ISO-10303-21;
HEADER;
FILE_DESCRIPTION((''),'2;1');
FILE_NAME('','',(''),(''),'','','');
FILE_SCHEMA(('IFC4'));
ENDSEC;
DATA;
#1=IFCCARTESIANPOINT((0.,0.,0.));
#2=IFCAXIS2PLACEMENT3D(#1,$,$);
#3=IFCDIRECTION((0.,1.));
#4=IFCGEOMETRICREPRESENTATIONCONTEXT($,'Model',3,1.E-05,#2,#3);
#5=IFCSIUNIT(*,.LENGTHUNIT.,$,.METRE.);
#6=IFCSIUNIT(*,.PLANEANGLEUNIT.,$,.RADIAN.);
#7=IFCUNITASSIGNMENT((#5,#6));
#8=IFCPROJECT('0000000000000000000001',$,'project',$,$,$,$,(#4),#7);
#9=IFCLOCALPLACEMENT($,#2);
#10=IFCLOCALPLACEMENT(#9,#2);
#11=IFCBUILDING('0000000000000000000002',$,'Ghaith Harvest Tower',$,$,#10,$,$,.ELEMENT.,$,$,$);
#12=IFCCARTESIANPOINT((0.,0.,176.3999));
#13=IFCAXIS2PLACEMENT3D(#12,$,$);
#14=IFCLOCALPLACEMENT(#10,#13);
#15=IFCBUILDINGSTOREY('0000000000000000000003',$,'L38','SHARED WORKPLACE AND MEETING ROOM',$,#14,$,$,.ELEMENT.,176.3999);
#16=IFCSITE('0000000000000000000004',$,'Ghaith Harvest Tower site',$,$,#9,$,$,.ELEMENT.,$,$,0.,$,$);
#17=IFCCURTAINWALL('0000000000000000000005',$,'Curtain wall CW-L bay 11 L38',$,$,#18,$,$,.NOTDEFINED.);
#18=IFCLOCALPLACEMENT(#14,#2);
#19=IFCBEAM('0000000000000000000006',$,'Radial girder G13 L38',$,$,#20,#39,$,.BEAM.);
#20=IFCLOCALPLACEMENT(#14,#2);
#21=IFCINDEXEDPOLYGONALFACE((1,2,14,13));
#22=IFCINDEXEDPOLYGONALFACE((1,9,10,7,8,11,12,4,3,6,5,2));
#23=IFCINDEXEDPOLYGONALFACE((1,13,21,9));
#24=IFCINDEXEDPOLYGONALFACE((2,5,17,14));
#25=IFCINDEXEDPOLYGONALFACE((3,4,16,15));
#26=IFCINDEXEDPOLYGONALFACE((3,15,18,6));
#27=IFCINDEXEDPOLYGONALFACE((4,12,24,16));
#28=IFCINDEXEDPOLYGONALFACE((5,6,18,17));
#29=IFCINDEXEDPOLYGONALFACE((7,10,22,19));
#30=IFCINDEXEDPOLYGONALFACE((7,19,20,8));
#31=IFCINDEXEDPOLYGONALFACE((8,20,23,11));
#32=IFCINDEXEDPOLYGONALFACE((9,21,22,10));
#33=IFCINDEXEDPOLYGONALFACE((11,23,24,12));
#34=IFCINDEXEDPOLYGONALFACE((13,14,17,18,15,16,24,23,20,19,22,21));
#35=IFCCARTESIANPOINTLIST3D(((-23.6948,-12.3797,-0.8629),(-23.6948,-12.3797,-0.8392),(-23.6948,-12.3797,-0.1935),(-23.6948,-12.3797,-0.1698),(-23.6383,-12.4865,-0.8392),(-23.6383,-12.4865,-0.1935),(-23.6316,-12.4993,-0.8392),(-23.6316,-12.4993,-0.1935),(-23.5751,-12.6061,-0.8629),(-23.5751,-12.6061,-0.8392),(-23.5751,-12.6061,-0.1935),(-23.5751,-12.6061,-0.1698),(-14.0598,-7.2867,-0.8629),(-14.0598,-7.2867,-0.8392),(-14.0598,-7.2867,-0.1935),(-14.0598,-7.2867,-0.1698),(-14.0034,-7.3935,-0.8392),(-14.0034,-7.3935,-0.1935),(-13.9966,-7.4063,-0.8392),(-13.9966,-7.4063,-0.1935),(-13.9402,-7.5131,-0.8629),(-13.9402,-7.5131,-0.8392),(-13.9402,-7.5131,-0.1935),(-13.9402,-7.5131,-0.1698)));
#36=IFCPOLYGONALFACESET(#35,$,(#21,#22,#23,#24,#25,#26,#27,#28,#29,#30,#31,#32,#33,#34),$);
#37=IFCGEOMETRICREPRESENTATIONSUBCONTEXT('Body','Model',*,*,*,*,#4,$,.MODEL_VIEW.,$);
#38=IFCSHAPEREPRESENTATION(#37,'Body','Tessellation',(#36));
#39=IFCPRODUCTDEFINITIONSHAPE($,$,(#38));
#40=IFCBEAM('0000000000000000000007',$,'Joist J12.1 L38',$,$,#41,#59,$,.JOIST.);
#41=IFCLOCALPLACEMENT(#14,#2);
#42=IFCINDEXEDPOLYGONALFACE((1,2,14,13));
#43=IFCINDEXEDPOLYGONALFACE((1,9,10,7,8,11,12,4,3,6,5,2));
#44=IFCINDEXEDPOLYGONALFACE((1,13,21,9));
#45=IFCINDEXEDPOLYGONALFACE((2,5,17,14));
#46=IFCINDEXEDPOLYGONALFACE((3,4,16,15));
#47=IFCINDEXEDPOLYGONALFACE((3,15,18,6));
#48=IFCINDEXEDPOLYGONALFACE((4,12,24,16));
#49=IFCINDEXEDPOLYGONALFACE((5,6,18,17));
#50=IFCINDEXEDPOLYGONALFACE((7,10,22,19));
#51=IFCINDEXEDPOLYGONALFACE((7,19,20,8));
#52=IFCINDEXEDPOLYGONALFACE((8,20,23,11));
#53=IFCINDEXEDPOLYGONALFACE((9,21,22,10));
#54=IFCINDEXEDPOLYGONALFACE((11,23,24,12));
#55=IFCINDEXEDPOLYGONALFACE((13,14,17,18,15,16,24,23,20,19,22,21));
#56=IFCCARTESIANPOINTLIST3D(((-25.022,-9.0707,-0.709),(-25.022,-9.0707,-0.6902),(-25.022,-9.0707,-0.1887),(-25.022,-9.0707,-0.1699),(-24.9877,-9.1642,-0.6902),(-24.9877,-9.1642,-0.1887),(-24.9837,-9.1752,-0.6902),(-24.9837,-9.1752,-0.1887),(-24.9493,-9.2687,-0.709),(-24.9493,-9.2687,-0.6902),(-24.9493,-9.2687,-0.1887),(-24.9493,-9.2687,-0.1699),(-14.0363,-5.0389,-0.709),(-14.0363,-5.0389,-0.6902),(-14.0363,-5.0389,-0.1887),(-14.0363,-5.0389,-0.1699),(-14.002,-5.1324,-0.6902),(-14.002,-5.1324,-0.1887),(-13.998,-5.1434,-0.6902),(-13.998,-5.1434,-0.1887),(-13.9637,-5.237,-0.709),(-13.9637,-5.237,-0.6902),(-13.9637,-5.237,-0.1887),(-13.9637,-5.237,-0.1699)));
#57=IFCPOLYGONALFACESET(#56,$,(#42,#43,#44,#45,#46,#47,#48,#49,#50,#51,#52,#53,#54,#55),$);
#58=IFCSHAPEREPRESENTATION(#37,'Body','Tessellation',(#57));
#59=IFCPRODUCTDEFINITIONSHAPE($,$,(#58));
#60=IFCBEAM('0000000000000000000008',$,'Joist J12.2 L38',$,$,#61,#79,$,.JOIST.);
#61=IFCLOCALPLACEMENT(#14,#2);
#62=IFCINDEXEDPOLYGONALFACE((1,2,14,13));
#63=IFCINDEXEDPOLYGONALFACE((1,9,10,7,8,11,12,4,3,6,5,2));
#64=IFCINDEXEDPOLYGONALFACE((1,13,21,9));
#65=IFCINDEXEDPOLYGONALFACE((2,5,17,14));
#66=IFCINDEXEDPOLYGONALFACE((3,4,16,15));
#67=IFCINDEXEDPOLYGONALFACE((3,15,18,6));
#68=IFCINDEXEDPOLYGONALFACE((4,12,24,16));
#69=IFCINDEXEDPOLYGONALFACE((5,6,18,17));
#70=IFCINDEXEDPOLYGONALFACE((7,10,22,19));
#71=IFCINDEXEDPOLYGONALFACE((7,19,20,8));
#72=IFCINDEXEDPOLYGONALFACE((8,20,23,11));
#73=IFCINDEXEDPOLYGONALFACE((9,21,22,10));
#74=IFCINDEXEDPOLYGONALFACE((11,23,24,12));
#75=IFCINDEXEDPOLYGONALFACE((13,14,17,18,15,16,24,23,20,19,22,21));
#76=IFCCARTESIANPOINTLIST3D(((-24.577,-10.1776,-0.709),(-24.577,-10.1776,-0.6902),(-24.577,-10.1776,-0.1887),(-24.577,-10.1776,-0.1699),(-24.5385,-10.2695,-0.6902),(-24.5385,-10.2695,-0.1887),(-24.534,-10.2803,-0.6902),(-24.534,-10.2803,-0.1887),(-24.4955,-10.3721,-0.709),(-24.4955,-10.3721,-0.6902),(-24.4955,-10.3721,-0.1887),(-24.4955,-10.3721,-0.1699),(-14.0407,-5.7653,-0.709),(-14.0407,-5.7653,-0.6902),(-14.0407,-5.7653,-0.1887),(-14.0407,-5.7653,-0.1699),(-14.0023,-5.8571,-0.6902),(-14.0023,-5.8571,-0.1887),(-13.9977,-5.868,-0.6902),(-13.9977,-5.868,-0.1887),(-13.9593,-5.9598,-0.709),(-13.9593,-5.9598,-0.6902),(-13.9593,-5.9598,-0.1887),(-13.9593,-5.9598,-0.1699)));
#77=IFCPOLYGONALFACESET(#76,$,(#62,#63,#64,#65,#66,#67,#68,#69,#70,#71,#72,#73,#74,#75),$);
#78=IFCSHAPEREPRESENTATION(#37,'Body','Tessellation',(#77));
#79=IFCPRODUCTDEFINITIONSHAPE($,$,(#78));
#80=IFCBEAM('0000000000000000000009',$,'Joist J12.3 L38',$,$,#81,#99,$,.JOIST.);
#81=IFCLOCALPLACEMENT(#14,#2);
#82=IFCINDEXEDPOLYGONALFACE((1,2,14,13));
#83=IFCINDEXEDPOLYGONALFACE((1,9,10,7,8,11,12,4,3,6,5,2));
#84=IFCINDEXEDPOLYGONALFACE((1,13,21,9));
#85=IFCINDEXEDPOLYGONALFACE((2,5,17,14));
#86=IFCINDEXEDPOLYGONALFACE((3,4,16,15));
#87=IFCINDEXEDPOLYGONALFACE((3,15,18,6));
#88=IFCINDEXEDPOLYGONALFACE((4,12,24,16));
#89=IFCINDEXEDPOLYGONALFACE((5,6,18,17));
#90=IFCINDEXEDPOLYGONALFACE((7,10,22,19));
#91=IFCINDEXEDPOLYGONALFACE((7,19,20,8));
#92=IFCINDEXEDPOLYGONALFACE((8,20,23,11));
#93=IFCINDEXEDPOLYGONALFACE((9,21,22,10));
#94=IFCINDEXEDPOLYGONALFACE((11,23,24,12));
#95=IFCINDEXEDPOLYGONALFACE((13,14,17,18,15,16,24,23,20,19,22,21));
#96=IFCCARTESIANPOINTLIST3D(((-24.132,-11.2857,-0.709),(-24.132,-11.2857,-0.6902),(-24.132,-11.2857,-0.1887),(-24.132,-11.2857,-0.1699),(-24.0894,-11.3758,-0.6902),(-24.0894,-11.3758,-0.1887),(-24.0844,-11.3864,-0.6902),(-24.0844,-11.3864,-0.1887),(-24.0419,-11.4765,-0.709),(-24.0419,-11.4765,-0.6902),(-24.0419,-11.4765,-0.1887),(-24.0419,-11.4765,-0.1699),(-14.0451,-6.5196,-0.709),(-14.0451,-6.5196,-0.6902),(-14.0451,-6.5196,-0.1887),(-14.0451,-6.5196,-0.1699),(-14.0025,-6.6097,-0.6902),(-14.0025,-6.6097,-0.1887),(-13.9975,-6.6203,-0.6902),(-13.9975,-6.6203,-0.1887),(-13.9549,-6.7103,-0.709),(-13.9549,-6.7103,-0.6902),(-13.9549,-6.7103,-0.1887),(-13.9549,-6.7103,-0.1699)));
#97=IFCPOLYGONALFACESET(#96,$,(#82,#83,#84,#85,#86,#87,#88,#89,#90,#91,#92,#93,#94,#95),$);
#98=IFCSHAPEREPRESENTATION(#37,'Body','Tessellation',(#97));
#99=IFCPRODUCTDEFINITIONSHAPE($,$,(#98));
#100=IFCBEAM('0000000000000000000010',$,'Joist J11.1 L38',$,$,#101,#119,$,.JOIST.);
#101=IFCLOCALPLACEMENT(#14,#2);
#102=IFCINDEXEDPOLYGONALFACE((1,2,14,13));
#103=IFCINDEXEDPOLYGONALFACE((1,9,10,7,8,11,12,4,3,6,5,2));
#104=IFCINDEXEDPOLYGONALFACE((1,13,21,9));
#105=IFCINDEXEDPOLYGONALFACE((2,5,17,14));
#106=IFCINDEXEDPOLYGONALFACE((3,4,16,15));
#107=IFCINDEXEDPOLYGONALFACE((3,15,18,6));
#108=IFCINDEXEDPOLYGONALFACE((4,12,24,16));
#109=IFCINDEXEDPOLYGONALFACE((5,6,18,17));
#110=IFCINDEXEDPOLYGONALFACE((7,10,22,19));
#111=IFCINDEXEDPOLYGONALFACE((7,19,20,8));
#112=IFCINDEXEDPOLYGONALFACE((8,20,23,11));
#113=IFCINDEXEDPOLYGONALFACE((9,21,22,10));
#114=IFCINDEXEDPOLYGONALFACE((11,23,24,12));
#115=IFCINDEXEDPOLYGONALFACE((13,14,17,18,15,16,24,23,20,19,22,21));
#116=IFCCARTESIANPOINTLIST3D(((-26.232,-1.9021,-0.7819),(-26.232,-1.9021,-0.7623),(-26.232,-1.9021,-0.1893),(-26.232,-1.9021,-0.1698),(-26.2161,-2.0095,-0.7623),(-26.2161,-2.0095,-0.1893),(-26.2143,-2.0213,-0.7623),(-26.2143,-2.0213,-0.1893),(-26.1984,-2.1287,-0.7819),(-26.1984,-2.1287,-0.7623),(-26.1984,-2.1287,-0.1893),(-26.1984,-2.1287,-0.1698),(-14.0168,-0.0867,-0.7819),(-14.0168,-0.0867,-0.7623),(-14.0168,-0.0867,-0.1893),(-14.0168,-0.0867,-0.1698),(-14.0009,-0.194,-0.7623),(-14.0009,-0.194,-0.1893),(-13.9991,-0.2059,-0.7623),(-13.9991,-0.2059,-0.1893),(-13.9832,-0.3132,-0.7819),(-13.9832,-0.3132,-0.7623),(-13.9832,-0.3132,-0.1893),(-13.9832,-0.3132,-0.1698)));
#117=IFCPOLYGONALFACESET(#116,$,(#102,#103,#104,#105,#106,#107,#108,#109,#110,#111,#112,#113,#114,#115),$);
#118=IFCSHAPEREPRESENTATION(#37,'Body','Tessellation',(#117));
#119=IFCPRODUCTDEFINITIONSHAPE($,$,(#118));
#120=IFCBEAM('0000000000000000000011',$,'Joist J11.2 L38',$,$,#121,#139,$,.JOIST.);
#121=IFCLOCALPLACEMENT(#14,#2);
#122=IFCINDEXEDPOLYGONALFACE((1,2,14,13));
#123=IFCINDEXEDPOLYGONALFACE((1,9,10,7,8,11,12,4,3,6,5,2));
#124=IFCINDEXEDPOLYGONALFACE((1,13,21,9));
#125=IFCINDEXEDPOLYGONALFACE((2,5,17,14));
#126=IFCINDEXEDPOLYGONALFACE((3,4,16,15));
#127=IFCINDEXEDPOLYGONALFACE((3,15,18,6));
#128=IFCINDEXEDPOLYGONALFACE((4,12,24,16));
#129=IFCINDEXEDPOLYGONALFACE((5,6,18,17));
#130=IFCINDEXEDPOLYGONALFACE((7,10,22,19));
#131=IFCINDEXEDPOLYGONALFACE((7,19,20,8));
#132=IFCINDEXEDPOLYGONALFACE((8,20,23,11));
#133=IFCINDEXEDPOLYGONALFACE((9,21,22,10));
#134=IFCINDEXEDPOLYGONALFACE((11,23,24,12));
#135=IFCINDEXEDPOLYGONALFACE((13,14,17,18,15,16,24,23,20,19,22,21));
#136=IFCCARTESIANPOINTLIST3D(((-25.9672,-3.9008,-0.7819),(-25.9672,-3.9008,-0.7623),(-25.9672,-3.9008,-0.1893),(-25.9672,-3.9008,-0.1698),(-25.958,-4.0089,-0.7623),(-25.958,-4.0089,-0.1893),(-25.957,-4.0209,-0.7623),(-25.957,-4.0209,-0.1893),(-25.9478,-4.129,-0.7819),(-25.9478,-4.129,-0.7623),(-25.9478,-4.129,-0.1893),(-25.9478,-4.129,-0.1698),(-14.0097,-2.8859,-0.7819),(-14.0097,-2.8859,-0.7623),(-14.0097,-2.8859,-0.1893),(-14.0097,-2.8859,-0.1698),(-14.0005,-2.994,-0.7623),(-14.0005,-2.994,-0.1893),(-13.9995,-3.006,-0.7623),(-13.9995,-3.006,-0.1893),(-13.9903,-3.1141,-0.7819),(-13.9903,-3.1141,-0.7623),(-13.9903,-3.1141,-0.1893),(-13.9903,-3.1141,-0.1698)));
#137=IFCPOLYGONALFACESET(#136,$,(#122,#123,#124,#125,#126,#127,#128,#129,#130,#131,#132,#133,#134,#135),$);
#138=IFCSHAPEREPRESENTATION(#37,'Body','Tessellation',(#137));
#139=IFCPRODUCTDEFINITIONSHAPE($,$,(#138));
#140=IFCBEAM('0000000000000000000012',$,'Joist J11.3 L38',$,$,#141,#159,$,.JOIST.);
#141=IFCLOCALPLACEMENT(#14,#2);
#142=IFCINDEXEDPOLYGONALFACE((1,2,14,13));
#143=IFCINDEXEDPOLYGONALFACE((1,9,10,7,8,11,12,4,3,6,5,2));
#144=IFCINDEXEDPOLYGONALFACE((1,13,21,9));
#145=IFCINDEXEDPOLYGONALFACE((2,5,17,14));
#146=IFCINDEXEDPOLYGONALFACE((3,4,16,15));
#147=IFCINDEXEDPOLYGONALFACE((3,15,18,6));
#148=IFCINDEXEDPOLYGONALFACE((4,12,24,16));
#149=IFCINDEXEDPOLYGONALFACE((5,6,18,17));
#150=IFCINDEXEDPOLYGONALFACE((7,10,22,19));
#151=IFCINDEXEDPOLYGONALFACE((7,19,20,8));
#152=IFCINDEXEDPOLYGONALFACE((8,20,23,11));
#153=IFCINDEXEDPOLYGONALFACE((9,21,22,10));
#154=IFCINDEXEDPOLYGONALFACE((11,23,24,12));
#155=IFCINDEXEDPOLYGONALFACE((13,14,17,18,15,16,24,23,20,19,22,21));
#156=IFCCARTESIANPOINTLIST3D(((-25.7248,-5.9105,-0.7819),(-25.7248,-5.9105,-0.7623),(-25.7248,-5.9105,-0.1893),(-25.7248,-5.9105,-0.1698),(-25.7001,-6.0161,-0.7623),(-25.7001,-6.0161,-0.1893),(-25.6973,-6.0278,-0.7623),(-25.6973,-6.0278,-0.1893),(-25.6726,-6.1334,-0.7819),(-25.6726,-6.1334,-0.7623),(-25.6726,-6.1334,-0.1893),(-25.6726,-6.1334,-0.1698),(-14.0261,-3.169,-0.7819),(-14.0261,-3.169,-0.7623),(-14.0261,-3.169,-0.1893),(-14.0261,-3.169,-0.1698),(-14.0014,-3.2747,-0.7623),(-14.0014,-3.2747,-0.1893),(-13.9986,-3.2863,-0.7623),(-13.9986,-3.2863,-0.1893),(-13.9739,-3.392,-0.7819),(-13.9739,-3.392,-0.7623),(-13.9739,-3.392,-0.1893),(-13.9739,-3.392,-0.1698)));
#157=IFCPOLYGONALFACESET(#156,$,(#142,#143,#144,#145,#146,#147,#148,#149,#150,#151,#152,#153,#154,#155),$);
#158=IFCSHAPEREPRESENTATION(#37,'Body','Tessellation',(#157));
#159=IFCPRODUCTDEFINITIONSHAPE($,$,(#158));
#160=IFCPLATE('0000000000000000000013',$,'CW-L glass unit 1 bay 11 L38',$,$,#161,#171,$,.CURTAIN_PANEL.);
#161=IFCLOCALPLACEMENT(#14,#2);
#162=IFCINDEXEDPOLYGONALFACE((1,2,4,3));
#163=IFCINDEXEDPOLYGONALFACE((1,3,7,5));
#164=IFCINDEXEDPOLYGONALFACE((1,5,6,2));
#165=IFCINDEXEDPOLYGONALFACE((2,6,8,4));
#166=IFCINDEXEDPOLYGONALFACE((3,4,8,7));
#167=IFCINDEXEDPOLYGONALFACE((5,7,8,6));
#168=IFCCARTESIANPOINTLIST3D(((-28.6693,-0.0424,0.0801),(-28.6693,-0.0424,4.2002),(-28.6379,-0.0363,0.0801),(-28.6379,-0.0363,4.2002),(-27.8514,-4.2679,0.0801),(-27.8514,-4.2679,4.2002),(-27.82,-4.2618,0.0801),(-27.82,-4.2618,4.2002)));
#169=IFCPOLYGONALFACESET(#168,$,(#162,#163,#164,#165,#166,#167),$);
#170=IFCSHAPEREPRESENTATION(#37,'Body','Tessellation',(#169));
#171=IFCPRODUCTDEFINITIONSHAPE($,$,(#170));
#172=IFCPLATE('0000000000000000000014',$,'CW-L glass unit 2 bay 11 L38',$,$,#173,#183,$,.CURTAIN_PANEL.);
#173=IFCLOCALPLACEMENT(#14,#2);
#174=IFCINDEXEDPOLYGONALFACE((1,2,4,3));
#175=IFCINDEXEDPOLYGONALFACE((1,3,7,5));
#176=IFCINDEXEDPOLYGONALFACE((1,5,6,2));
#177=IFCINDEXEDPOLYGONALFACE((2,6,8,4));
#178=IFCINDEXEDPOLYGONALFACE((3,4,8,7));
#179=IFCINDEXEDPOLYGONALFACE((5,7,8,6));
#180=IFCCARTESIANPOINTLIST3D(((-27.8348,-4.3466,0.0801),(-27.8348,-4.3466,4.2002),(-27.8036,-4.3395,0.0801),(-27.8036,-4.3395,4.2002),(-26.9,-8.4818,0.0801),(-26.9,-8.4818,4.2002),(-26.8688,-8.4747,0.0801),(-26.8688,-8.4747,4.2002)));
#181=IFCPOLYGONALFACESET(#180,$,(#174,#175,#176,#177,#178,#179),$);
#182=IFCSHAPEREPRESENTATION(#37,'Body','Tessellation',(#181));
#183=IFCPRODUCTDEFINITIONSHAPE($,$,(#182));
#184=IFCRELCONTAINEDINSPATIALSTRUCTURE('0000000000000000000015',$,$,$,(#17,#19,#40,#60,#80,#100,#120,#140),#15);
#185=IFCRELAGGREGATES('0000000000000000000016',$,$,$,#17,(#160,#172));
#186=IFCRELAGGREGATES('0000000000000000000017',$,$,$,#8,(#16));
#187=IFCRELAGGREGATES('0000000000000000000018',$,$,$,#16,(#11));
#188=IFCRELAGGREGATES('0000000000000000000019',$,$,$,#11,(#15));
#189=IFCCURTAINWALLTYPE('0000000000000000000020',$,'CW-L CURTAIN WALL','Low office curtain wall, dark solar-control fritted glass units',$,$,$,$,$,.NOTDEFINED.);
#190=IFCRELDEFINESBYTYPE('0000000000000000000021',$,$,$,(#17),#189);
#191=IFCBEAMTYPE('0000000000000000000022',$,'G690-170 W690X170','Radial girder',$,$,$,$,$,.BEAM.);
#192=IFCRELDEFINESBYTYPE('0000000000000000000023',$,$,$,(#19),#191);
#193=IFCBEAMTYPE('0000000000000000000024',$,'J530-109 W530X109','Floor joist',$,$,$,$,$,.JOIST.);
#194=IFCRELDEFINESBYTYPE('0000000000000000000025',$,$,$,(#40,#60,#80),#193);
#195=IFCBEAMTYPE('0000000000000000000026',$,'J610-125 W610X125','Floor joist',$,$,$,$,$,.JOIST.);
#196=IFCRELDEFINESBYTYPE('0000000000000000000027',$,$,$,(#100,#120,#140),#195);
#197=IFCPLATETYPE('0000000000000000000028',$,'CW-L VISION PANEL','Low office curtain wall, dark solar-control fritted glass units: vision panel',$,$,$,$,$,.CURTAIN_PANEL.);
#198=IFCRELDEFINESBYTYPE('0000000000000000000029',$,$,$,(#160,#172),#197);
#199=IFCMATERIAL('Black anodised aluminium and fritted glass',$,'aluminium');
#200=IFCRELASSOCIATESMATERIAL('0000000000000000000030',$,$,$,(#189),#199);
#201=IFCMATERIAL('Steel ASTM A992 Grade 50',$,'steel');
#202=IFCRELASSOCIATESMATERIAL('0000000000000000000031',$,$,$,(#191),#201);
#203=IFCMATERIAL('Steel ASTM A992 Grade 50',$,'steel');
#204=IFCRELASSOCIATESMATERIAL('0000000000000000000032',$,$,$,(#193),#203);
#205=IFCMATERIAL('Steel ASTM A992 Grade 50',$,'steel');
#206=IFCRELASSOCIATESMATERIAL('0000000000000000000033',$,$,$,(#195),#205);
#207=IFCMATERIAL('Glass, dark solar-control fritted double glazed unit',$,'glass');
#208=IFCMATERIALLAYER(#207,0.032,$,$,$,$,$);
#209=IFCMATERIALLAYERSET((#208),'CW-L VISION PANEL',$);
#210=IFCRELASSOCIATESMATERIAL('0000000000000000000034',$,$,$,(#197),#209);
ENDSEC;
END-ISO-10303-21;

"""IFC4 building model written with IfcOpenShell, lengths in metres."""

from ifc_helpers import new_model, si_unit, direction, frame, origin, origin_2d, place, context, subcontext, project, spatial, rectangle, i_section, extrude, material, layer, layer_set, material_profile, profile_set, type_object, element, aggregate, save


model = new_model("IFC4")

# Units and contexts
model_context = context("Model", 3, precision=1e-05, world=origin(), true_north=direction((0.0, 1.0)))
body_context = subcontext(model_context, "Body", "Model", "MODEL_VIEW")
ifc_project = project(units=[si_unit("LENGTHUNIT", "METRE"), si_unit("PLANEANGLEUNIT", "RADIAN")], contexts=[model_context])

# Site, building, storey
site_placement = place(None, origin())
site = spatial("IfcSite", under=ifc_project, at=site_placement, Name="Ghaith Harvest Tower site", CompositionType="ELEMENT", RefElevation=0.0)
building_placement = place(site_placement, origin())
building = spatial("IfcBuilding", under=site, at=building_placement, Name="Ghaith Harvest Tower", CompositionType="ELEMENT")
storey_placement = place(building_placement, frame((0.0, 0.0, 176.3999)))
storey = spatial("IfcBuildingStorey", under=building, at=storey_placement, Name="L38", Description="SHARED WORKPLACE AND MEETING ROOM", CompositionType="ELEMENT", Elevation=176.3999)

# Curtain wall
ifc_material_1 = material(Name="Black anodised aluminium and fritted glass", Category="aluminium")
curtain_wall_type = type_object("IfcCurtainWallType", Name="CW-L CURTAIN WALL", Description="Low office curtain wall, dark solar-control fritted glass units", PredefinedType="NOTDEFINED", material=ifc_material_1)
curtain_wall_1_placement = place(storey_placement, origin())
curtain_wall_1 = element("IfcCurtainWall", 1, at=curtain_wall_1_placement, inside=storey, type_object=curtain_wall_type, Name="Curtain wall CW-L bay 11 L38", PredefinedType="NOTDEFINED")

# Beams
ifc_material_2 = material(Name="Steel ASTM A992 Grade 50", Category="steel")
ifc_material_profile_1 = material_profile(ifc_material_2, i_section(OverallWidth=0.2561, OverallDepth=0.6931, WebThickness=0.0144, FlangeThickness=0.0237, at=origin_2d()), Name="W690X170")
ifc_profile_set_1 = profile_set([ifc_material_profile_1], Name="Steel ASTM A992 Grade 50")
beam_type_1 = type_object("IfcBeamType", Name="G690-170 W690X170", Description="Radial girder", PredefinedType="BEAM", material=ifc_profile_set_1)
beam_1_placement = place(storey_placement, frame((-14.0, -7.3999, -0.5164), z_axis=(-0.884086, -0.467324, 0.0), x_axis=(0.467324, -0.884086, 0.0)))
element("IfcBeam", 2, at=beam_1_placement, inside=storey, type_object=beam_type_1, Name="Radial girder G13 L38", PredefinedType="BEAM", context=body_context, shape_type="SweptSolid", body=[
    extrude(i_section(OverallWidth=0.2561, OverallDepth=0.6931, WebThickness=0.0144, FlangeThickness=0.0237, at=origin_2d()), origin(), (0.0, 0.0, 1.0), 10.8982),
])
ifc_material_3 = material(Name="Steel ASTM A992 Grade 50", Category="steel")
ifc_material_profile_2 = material_profile(ifc_material_3, i_section(OverallWidth=0.2109, OverallDepth=0.5391, WebThickness=0.0117, FlangeThickness=0.0188, at=origin_2d()), Name="W530X109")
ifc_profile_set_2 = profile_set([ifc_material_profile_2], Name="Steel ASTM A992 Grade 50")
beam_type_2 = type_object("IfcBeamType", Name="J530-109 W530X109", Description="Floor joist", PredefinedType="JOIST", material=ifc_profile_set_2)
beam_2_placement = place(storey_placement, frame((-14.0, -5.1379, -0.4395), z_axis=(-0.938774, -0.344532, 0.0), x_axis=(0.344532, -0.938774, 0.0)))
element("IfcBeam", 3, at=beam_2_placement, inside=storey, type_object=beam_type_2, Name="Joist J12.1 L38", PredefinedType="JOIST", context=body_context, shape_type="SweptSolid", body=[
    extrude(i_section(OverallWidth=0.2109, OverallDepth=0.5391, WebThickness=0.0117, FlangeThickness=0.0188, at=origin_2d()), origin(), (0.0, 0.0, 1.0), 11.7021),
])
beam_3_placement = place(storey_placement, frame((-14.0, -5.8625, -0.4395), z_axis=(-0.922386, -0.38627, 0.0), x_axis=(0.38627, -0.922386, 0.0)))
element("IfcBeam", 4, at=beam_3_placement, inside=storey, type_object=beam_type_2, Name="Joist J12.2 L38", PredefinedType="JOIST", context=body_context, shape_type="SweptSolid", body=[
    extrude(i_section(OverallWidth=0.2109, OverallDepth=0.5391, WebThickness=0.0117, FlangeThickness=0.0188, at=origin_2d()), origin(), (0.0, 0.0, 1.0), 11.4229),
])
beam_4_placement = place(storey_placement, frame((-14.0, -6.615, -0.4395), z_axis=(-0.90415, -0.427215, 0.0), x_axis=(0.427215, -0.90415, 0.0)))
element("IfcBeam", 5, at=beam_4_placement, inside=storey, type_object=beam_type_2, Name="Joist J12.3 L38", PredefinedType="JOIST", context=body_context, shape_type="SweptSolid", body=[
    extrude(i_section(OverallWidth=0.2109, OverallDepth=0.5391, WebThickness=0.0117, FlangeThickness=0.0188, at=origin_2d()), origin(), (0.0, 0.0, 1.0), 11.1562),
])
ifc_material_4 = material(Name="Steel ASTM A992 Grade 50", Category="steel")
ifc_material_profile_3 = material_profile(ifc_material_4, i_section(OverallWidth=0.229, OverallDepth=0.6121, WebThickness=0.012, FlangeThickness=0.0195, at=origin_2d()), Name="W610X125")
ifc_profile_set_3 = profile_set([ifc_material_profile_3], Name="Steel ASTM A992 Grade 50")
beam_type_3 = type_object("IfcBeamType", Name="J610-125 W610X125", Description="Floor joist", PredefinedType="JOIST", material=ifc_profile_set_3)
beam_5_placement = place(storey_placement, frame((-14.0, -0.2, -0.4758), z_axis=(-0.989135, -0.147007, 0.0), x_axis=(0.147007, -0.989135, 0.0)))
element("IfcBeam", 6, at=beam_5_placement, inside=storey, type_object=beam_type_3, Name="Joist J11.1 L38", PredefinedType="JOIST", context=body_context, shape_type="SweptSolid", body=[
    extrude(i_section(OverallWidth=0.229, OverallDepth=0.6121, WebThickness=0.012, FlangeThickness=0.0195, at=origin_2d()), origin(), (0.0, 0.0, 1.0), 12.3494),
])
beam_6_placement = place(storey_placement, frame((-14.0, -3.0, -0.4758), z_axis=(-0.996417, -0.084571, 0.0), x_axis=(0.084571, -0.996417, 0.0)))
element("IfcBeam", 7, at=beam_6_placement, inside=storey, type_object=beam_type_3, Name="Joist J11.2 L38", PredefinedType="JOIST", context=body_context, shape_type="SweptSolid", body=[
    extrude(i_section(OverallWidth=0.229, OverallDepth=0.6121, WebThickness=0.012, FlangeThickness=0.0195, at=origin_2d()), origin(), (0.0, 0.0, 1.0), 12.0005),
])
beam_7_placement = place(storey_placement, frame((-14.0, -3.2805, -0.4758), z_axis=(-0.973624, -0.228157, 0.0), x_axis=(0.228157, -0.973624, 0.0)))
element("IfcBeam", 8, at=beam_7_placement, inside=storey, type_object=beam_type_3, Name="Joist J11.3 L38", PredefinedType="JOIST", context=body_context, shape_type="SweptSolid", body=[
    extrude(i_section(OverallWidth=0.229, OverallDepth=0.6121, WebThickness=0.012, FlangeThickness=0.0195, at=origin_2d()), origin(), (0.0, 0.0, 1.0), 12.0156),
])

# Plates
ifc_material_5 = material(Name="Glass, dark solar-control fritted double glazed unit", Category="glass")
ifc_layer_1 = layer(ifc_material_5, 0.032)
ifc_layer_set_1 = layer_set([ifc_layer_1], Name="CW-L VISION PANEL")
plate_type_1 = type_object("IfcPlateType", Name="CW-L VISION PANEL", Description="Low office curtain wall, dark solar-control fritted glass units: vision panel", PredefinedType="CURTAIN_PANEL", material=ifc_layer_set_1)
plate_1_placement = place(storey_placement, frame((-28.2446, -2.1521, 0.0801), z_axis=(0.0, 0.0, 1.0), x_axis=(0.190045, -0.981775, 0.0)))
plate_1 = element("IfcPlate", 9, at=plate_1_placement, type_object=plate_type_1, Name="CW-L glass unit 1 bay 11 L38", PredefinedType="CURTAIN_PANEL", context=body_context, shape_type="SweptSolid", body=[
    extrude(rectangle(XDim=4.304, YDim=0.032, at=origin_2d()), origin(), (0.0, 0.0, 1.0), 4.1201),
])
plate_2_placement = place(storey_placement, frame((-27.3518, -6.4106, 0.0801), z_axis=(0.0, 0.0, 1.0), x_axis=(0.220483, -0.975391, 0.0)))
plate_2 = element("IfcPlate", 10, at=plate_2_placement, type_object=plate_type_1, Name="CW-L glass unit 2 bay 11 L38", PredefinedType="CURTAIN_PANEL", context=body_context, shape_type="SweptSolid", body=[
    extrude(rectangle(XDim=4.2395, YDim=0.032, at=origin_2d()), origin(), (0.0, 0.0, 1.0), 4.1201),
])
aggregate(curtain_wall_1, [plate_1, plate_2])

save(model, "model.ifc")
